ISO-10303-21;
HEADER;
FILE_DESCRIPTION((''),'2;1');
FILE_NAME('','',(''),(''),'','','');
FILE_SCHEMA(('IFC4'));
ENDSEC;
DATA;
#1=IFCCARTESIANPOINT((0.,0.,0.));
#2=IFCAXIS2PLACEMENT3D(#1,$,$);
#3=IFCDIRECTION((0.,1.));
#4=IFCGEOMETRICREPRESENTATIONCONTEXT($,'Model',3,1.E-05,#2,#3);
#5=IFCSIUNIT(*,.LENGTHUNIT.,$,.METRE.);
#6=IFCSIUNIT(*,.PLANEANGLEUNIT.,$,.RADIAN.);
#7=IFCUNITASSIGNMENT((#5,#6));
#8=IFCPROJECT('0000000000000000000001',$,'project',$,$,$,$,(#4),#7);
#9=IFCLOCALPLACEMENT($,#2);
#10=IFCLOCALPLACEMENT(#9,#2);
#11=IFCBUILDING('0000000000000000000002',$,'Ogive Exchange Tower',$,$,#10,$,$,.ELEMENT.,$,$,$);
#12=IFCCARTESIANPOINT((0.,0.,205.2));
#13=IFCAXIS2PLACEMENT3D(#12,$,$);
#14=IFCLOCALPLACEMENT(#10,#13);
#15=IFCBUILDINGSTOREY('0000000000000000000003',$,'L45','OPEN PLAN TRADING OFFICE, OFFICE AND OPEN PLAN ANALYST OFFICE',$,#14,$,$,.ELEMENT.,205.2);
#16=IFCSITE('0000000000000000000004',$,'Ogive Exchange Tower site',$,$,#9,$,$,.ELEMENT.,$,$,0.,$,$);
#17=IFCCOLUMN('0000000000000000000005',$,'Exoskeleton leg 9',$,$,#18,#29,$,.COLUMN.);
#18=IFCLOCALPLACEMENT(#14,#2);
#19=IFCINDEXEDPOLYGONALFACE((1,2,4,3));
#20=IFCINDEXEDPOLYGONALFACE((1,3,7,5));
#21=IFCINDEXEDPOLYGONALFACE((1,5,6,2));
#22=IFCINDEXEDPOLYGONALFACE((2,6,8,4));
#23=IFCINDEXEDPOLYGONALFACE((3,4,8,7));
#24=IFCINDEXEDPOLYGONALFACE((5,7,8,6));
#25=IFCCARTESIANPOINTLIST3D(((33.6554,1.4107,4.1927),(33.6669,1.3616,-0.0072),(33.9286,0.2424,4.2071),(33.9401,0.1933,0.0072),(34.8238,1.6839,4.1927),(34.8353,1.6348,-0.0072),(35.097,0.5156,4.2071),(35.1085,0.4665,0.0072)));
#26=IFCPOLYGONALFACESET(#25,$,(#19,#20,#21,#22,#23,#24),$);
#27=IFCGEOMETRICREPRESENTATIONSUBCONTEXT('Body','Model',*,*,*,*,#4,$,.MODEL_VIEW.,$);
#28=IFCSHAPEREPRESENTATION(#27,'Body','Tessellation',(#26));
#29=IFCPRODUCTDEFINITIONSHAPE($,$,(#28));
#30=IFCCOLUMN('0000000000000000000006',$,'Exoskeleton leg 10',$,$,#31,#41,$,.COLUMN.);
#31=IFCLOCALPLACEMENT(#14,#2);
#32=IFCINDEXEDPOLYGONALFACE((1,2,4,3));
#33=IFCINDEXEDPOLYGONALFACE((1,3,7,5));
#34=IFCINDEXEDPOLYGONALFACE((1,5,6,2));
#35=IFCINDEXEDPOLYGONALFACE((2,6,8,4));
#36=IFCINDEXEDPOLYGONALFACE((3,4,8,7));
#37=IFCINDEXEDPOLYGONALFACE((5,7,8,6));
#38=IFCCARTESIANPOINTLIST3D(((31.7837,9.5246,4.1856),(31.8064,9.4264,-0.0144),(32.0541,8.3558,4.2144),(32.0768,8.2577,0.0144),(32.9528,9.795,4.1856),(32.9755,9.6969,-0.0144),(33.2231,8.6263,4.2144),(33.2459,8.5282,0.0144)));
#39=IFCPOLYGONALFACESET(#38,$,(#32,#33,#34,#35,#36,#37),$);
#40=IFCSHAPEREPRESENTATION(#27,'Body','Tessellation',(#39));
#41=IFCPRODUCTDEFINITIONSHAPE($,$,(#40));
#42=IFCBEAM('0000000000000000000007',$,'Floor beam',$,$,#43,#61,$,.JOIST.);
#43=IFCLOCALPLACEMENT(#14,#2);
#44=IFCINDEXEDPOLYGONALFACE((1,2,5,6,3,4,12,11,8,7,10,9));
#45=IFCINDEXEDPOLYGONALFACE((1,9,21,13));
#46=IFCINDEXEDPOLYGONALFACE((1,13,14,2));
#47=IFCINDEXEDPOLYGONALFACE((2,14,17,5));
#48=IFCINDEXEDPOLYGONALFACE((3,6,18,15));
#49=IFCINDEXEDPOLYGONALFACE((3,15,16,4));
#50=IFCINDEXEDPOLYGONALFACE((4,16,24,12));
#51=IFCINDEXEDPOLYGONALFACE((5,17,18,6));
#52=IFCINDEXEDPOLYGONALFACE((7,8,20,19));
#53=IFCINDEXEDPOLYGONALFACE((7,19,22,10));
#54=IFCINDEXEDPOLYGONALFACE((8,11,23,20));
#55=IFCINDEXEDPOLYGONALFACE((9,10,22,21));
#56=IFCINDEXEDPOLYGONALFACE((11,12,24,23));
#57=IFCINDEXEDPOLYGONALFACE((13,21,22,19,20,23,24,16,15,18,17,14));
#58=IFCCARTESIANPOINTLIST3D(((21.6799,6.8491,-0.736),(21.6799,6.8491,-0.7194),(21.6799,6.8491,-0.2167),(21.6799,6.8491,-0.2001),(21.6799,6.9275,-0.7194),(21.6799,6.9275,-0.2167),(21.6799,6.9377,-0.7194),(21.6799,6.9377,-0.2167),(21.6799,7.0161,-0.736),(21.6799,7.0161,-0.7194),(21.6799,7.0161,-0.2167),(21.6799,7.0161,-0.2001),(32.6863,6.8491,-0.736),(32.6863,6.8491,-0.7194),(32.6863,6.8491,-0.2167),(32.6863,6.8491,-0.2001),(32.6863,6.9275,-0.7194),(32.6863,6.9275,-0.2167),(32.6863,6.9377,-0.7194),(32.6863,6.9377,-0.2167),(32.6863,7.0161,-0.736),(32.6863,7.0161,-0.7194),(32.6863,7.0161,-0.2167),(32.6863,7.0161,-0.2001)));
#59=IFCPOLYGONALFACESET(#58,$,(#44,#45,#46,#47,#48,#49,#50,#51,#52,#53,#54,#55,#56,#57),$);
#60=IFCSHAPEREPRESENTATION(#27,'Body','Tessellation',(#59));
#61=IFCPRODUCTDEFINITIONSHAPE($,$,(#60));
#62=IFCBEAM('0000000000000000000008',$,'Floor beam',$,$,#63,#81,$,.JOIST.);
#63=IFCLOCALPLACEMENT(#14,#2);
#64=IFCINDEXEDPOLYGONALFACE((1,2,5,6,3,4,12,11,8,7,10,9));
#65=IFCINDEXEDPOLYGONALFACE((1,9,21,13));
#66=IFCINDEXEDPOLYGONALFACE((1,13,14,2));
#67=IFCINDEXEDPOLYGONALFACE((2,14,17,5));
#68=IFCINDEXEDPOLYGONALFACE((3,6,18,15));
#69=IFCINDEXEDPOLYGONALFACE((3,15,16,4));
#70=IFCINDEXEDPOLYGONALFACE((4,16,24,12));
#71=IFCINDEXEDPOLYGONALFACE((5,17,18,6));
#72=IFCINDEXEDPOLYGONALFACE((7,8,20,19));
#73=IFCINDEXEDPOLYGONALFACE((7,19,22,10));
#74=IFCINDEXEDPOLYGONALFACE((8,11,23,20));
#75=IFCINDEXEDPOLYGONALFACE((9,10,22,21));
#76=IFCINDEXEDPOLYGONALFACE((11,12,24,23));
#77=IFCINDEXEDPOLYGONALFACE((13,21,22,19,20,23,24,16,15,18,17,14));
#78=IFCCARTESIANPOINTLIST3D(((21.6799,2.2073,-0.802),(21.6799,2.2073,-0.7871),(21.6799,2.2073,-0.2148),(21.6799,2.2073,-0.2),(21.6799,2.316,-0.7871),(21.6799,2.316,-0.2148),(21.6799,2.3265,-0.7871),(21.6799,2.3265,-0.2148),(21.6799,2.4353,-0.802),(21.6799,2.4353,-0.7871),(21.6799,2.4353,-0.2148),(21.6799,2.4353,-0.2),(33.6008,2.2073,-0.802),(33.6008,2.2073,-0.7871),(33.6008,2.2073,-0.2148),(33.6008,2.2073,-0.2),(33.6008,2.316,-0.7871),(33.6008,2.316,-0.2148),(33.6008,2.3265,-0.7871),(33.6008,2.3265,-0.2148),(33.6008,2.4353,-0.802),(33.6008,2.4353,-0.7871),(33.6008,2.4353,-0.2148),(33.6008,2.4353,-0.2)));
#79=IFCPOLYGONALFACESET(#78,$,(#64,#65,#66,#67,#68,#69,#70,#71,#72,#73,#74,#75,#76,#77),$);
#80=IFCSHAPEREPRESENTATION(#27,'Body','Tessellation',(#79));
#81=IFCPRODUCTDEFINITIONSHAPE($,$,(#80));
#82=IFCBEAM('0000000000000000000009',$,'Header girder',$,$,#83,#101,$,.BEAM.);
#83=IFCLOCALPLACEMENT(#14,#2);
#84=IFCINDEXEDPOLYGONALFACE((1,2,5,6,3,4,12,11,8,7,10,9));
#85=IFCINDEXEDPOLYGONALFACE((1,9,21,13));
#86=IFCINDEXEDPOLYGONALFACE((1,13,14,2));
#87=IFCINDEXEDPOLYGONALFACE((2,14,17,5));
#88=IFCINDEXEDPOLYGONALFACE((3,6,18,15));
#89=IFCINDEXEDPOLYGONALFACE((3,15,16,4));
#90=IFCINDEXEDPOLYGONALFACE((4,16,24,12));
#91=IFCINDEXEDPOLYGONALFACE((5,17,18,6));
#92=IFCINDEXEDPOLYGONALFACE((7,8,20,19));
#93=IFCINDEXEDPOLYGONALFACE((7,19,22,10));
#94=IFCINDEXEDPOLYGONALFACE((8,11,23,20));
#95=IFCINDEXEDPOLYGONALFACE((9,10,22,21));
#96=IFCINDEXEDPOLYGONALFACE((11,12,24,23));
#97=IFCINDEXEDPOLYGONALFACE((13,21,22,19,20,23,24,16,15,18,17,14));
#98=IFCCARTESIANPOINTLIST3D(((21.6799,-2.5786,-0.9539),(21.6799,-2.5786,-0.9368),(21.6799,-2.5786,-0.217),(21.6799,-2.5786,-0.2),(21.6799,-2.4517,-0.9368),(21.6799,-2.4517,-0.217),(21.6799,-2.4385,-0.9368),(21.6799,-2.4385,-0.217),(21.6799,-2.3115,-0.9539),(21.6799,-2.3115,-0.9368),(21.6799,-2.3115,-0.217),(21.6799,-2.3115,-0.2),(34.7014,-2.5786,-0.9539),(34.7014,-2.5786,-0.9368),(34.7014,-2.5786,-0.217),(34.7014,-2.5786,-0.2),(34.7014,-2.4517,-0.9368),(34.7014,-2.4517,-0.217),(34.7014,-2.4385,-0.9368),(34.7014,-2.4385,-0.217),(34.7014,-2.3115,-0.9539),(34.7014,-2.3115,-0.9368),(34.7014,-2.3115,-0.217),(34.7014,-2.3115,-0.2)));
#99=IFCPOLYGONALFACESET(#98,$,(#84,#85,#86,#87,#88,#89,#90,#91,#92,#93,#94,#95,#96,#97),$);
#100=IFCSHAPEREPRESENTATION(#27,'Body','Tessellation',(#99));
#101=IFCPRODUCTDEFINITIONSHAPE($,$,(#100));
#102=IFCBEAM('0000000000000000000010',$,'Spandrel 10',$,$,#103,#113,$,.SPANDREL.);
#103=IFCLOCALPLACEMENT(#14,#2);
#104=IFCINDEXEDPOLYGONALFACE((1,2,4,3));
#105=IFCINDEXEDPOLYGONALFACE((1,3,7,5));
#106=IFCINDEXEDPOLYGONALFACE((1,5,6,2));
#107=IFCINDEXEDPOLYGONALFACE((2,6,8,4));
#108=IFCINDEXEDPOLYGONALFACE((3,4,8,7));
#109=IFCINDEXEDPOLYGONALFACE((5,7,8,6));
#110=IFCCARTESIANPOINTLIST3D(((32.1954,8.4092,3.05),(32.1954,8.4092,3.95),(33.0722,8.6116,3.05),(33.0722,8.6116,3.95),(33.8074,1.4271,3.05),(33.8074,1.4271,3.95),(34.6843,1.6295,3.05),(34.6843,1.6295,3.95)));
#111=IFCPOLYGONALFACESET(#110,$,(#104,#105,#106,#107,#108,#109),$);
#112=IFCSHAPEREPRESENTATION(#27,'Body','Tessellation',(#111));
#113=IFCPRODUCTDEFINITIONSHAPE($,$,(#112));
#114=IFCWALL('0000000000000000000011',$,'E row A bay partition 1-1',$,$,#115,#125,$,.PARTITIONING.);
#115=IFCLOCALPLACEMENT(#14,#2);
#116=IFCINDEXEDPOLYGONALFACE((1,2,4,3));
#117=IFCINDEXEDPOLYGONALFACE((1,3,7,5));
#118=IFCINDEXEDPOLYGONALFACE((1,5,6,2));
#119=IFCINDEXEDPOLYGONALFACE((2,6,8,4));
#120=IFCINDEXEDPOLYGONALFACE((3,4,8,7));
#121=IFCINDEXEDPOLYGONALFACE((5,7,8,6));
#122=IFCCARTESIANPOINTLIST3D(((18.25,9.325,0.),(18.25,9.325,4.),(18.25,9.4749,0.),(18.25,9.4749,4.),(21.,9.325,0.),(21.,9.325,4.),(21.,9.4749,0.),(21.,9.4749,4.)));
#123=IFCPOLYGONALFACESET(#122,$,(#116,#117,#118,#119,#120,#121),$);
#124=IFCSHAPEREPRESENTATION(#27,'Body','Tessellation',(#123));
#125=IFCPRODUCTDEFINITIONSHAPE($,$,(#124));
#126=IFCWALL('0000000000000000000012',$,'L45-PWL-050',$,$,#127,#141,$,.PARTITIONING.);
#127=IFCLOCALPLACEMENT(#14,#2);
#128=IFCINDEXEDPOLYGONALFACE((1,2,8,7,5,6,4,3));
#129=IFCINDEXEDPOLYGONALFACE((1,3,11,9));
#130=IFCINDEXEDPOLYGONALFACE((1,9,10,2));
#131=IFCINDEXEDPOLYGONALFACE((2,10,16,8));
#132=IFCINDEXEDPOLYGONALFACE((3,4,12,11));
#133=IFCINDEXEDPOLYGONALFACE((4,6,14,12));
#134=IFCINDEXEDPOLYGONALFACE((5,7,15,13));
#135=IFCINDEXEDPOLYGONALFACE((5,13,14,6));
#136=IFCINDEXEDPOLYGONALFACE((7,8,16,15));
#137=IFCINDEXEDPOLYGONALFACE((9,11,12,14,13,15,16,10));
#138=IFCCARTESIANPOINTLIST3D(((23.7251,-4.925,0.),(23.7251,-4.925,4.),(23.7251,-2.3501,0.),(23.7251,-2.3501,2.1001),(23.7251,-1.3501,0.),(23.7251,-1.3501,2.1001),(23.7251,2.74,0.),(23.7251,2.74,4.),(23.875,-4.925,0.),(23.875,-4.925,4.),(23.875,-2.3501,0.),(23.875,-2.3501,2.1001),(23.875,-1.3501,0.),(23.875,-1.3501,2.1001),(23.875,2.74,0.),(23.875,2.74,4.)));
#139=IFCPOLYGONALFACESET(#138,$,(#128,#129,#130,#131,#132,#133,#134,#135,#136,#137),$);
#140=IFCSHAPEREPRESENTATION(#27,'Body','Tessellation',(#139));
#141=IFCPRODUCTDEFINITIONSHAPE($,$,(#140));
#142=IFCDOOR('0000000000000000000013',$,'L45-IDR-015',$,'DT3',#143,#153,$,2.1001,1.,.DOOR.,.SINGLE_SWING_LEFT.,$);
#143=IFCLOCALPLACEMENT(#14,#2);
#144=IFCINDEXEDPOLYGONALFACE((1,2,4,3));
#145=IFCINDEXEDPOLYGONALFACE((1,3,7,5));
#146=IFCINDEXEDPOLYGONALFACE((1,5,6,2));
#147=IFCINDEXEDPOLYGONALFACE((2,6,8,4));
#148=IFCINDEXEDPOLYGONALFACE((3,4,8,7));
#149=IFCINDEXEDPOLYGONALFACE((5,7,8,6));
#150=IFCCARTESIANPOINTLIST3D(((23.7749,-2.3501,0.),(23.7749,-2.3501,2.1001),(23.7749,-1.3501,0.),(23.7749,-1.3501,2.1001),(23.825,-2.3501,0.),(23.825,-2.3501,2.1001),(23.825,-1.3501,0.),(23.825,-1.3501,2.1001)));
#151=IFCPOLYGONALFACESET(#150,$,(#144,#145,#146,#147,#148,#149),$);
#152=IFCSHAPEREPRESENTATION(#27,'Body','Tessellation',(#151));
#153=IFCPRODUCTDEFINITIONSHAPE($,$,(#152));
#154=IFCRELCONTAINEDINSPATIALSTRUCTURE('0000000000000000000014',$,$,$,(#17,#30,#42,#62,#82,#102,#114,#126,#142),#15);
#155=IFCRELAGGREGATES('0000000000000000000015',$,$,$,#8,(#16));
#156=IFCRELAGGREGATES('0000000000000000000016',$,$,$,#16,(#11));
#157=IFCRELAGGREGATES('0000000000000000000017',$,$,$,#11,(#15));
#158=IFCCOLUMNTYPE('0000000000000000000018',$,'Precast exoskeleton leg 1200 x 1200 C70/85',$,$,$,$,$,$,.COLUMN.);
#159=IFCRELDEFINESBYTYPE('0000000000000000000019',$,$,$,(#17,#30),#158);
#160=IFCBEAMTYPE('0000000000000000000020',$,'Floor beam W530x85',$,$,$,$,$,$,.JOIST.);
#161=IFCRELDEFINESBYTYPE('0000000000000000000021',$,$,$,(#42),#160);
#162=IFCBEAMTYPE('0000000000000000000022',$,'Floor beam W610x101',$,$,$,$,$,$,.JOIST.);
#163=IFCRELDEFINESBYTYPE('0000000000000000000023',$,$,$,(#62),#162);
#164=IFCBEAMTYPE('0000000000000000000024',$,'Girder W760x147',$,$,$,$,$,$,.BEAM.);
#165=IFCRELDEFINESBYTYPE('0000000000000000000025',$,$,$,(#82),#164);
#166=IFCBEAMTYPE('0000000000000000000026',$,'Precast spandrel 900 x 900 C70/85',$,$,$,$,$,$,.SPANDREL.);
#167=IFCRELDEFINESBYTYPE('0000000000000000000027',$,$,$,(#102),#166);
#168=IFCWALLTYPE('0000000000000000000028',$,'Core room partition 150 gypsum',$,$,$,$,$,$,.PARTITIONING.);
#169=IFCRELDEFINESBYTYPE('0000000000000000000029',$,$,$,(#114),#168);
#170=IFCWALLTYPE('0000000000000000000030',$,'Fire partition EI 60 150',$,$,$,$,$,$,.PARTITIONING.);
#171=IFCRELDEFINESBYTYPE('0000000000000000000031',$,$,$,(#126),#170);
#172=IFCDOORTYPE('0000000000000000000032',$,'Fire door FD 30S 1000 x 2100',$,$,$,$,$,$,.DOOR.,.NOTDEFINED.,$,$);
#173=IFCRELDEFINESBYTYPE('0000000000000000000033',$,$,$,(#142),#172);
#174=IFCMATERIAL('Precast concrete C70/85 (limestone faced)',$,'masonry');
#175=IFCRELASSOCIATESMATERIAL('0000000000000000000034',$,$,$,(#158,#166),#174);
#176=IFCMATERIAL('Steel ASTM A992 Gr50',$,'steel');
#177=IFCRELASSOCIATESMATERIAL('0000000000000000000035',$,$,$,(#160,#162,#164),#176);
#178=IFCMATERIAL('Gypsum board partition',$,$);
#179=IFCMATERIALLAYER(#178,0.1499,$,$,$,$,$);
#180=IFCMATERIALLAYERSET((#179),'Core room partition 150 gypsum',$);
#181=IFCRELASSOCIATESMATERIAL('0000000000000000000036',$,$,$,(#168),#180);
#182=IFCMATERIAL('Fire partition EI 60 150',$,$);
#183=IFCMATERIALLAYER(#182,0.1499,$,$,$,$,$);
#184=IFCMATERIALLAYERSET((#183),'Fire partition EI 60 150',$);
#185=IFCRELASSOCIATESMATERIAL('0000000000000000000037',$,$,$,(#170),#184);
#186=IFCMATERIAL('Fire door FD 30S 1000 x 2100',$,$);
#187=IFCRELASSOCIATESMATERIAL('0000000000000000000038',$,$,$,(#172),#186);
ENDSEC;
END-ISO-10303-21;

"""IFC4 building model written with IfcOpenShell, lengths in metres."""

from ifc_helpers import new_model, si_unit, direction, frame, frame_2d, origin, origin_2d, place, context, subcontext, project, spatial, rectangle, i_section, extrude, material, layer, layer_set, material_profile, profile_set, type_object, element, fill, save


model = new_model("IFC4")

# Units and contexts
model_context = context("Model", 3, precision=1e-05, world=origin(), true_north=direction((0.0, 1.0)))
body_context = subcontext(model_context, "Body", "Model", "MODEL_VIEW")
ifc_project = project(units=[si_unit("LENGTHUNIT", "METRE"), si_unit("PLANEANGLEUNIT", "RADIAN")], contexts=[model_context])

# Site, building, storey
site_placement = place(None, origin())
site = spatial("IfcSite", under=ifc_project, at=site_placement, Name="Ogive Exchange Tower site", CompositionType="ELEMENT", RefElevation=0.0)
building_placement = place(site_placement, origin())
building = spatial("IfcBuilding", under=site, at=building_placement, Name="Ogive Exchange Tower", CompositionType="ELEMENT")
storey_placement = place(building_placement, frame((0.0, 0.0, 205.2)))
storey = spatial("IfcBuildingStorey", under=building, at=storey_placement, Name="L45", Description="OPEN PLAN TRADING OFFICE, OFFICE AND OPEN PLAN ANALYST OFFICE", CompositionType="ELEMENT", Elevation=205.2)

# Columns
ifc_material_1 = material(Name="Precast concrete C70/85 (limestone faced)", Category="masonry")
ifc_material_profile_1 = material_profile(ifc_material_1, rectangle(XDim=1.2, YDim=1.2, at=origin_2d()), Name="1200 x 1200")
ifc_profile_set_1 = profile_set([ifc_material_profile_1], Name="Precast concrete C70/85 (limestone faced)")
column_type = type_object("IfcColumnType", Name="Precast exoskeleton leg 1200 x 1200 C70/85", PredefinedType="COLUMN", material=ifc_profile_set_1)
column_1_placement = place(storey_placement, frame((34.3877, 0.9141, 0.0), z_axis=(-0.002732, 0.011683, 0.999928), x_axis=(-0.973734, -0.227689, 0.0)))
element("IfcColumn", 1, at=column_1_placement, inside=storey, type_object=column_type, Name="Exoskeleton leg 9", PredefinedType="COLUMN", context=body_context, shape_type="SweptSolid", body=[
    extrude(rectangle(XDim=1.2, YDim=1.2, at=origin_2d()), origin(), (0.0, 0.0, 1.0), 4.2002),
])
column_2_placement = place(storey_placement, frame((32.5261, 8.9773, 0.0), z_axis=(-0.005404, 0.023361, 0.999712), x_axis=(-0.974269, -0.22539, 0.0)))
element("IfcColumn", 2, at=column_2_placement, inside=storey, type_object=column_type, Name="Exoskeleton leg 10", PredefinedType="COLUMN", context=body_context, shape_type="SweptSolid", body=[
    extrude(rectangle(XDim=1.2, YDim=1.2, at=origin_2d()), origin(), (0.0, 0.0, 1.0), 4.2012),
])

# Beams
ifc_material_2 = material(Name="Steel ASTM A992 Gr50", Category="steel")
ifc_material_profile_2 = material_profile(ifc_material_2, i_section(OverallWidth=0.167, OverallDepth=0.5359, WebThickness=0.0103, FlangeThickness=0.0166, at=origin_2d()), Name="W530x85")
ifc_profile_set_2 = profile_set([ifc_material_profile_2], Name="Steel ASTM A992 Gr50")
beam_type_1 = type_object("IfcBeamType", Name="Floor beam W530x85", PredefinedType="JOIST", material=ifc_profile_set_2)
beam_1_placement = place(storey_placement, frame((21.6799, 6.9326, -0.468), z_axis=(1.0, 0.0, 0.0), x_axis=(0.0, 1.0, 0.0)))
element("IfcBeam", 3, at=beam_1_placement, inside=storey, type_object=beam_type_1, Name="Floor beam", PredefinedType="JOIST", context=body_context, shape_type="SweptSolid", body=[
    extrude(i_section(OverallWidth=0.167, OverallDepth=0.5359, WebThickness=0.0103, FlangeThickness=0.0166, at=origin_2d()), origin(), (0.0, 0.0, 1.0), 11.0063),
])
ifc_material_profile_3 = material_profile(ifc_material_2, i_section(OverallWidth=0.228, OverallDepth=0.6021, WebThickness=0.0105, FlangeThickness=0.0149, at=origin_2d()), Name="W610x101")
ifc_profile_set_3 = profile_set([ifc_material_profile_3], Name="Steel ASTM A992 Gr50")
beam_type_2 = type_object("IfcBeamType", Name="Floor beam W610x101", PredefinedType="JOIST", material=ifc_profile_set_3)
beam_2_placement = place(storey_placement, frame((21.6799, 2.3213, -0.501), z_axis=(1.0, 0.0, 0.0), x_axis=(0.0, 1.0, 0.0)))
element("IfcBeam", 4, at=beam_2_placement, inside=storey, type_object=beam_type_2, Name="Floor beam", PredefinedType="JOIST", context=body_context, shape_type="SweptSolid", body=[
    extrude(i_section(OverallWidth=0.228, OverallDepth=0.6021, WebThickness=0.0105, FlangeThickness=0.0149, at=origin_2d()), origin(), (0.0, 0.0, 1.0), 11.9209),
])
ifc_material_profile_4 = material_profile(ifc_material_2, i_section(OverallWidth=0.2671, OverallDepth=0.7539, WebThickness=0.0132, FlangeThickness=0.0171, at=origin_2d()), Name="W760x147")
ifc_profile_set_4 = profile_set([ifc_material_profile_4], Name="Steel ASTM A992 Gr50")
beam_type_3 = type_object("IfcBeamType", Name="Girder W760x147", PredefinedType="BEAM", material=ifc_profile_set_4)
beam_3_placement = place(storey_placement, frame((21.6799, -2.4451, -0.5769), z_axis=(1.0, 0.0, 0.0), x_axis=(0.0, 1.0, 0.0)))
element("IfcBeam", 5, at=beam_3_placement, inside=storey, type_object=beam_type_3, Name="Header girder", PredefinedType="BEAM", context=body_context, shape_type="SweptSolid", body=[
    extrude(i_section(OverallWidth=0.2671, OverallDepth=0.7539, WebThickness=0.0132, FlangeThickness=0.0171, at=origin_2d()), origin(), (0.0, 0.0, 1.0), 13.0215),
])
ifc_material_profile_5 = material_profile(ifc_material_1, rectangle(XDim=0.8999, YDim=0.8999, at=origin_2d()), Name="900 x 900")
ifc_profile_set_5 = profile_set([ifc_material_profile_5], Name="Precast concrete C70/85 (limestone faced)")
beam_type_4 = type_object("IfcBeamType", Name="Precast spandrel 900 x 900 C70/85", PredefinedType="SPANDREL", material=ifc_profile_set_5)
beam_4_placement = place(storey_placement, frame((34.2458, 1.5283, 3.5), z_axis=(-0.224964, 0.974367, 0.0), x_axis=(-0.974367, -0.224964, 0.0)))
element("IfcBeam", 6, at=beam_4_placement, inside=storey, type_object=beam_type_4, Name="Spandrel 10", PredefinedType="SPANDREL", context=body_context, shape_type="SweptSolid", body=[
    extrude(rectangle(XDim=0.8999, YDim=0.8999, at=origin_2d()), origin(), (0.0, 0.0, 1.0), 7.1658),
])

# Wall
ifc_material_3 = material(Name="Gypsum board partition")
ifc_layer_1 = layer(ifc_material_3, 0.1499)
ifc_layer_set_1 = layer_set([ifc_layer_1], Name="Core room partition 150 gypsum")
wall_type_1 = type_object("IfcWallType", Name="Core room partition 150 gypsum", PredefinedType="PARTITIONING", material=ifc_layer_set_1)
wall_1_placement = place(storey_placement, frame((18.25, 9.3999, 0.0), z_axis=(0.0, 0.0, 1.0), x_axis=(1.0, 0.0, 0.0)))
element("IfcWall", 7, at=wall_1_placement, inside=storey, type_object=wall_type_1, Name="E row A bay partition 1-1", PredefinedType="PARTITIONING", context=body_context, shape_type="SweptSolid", body=[
    extrude(rectangle(XDim=2.75, YDim=0.1499, at=frame_2d((1.375, 0.0))), origin(), (0.0, 0.0, 1.0), 4.0),
])

# Wall, opening, door
ifc_material_4 = material(Name="Fire partition EI 60 150")
ifc_layer_2 = layer(ifc_material_4, 0.1499)
ifc_layer_set_2 = layer_set([ifc_layer_2], Name="Fire partition EI 60 150")
wall_type_2 = type_object("IfcWallType", Name="Fire partition EI 60 150", PredefinedType="PARTITIONING", material=ifc_layer_set_2)
wall_2_placement = place(storey_placement, frame((23.8, 2.74, 0.0), z_axis=(0.0, 0.0, 1.0), x_axis=(0.0, -1.0, 0.0)))
wall_2 = element("IfcWall", 8, at=wall_2_placement, inside=storey, type_object=wall_type_2, Name="L45-PWL-050", PredefinedType="PARTITIONING", context=body_context, shape_type="SweptSolid", body=[
    extrude(rectangle(XDim=7.665, YDim=0.1499, at=frame_2d((3.8325, 0.0))), origin(), (0.0, 0.0, 1.0), 4.0),
])
opening_1_placement = place(wall_2_placement, frame((4.0901, 0.0, 0.0)))
opening_1 = element("IfcOpeningElement", 9, at=opening_1_placement, cuts=wall_2, PredefinedType="OPENING", context=body_context, shape_type="SweptSolid", body=[
    extrude(rectangle(XDim=1.0, YDim=2.1001, at=frame_2d((0.5, 1.05))), frame((0.0, 0.085, 0.0), z_axis=(0.0, -1.0, 0.0), x_axis=(1.0, 0.0, 0.0)), (0.0, 0.0, 1.0), 0.1699),
])
ifc_material_5 = material(Name="Fire door FD 30S 1000 x 2100")
door_type_1 = type_object("IfcDoorType", Name="Fire door FD 30S 1000 x 2100", OperationType="NOTDEFINED", PredefinedType="DOOR", material=ifc_material_5)
door_1_placement = place(opening_1_placement, origin())
door_1 = element("IfcDoor", 10, at=door_1_placement, inside=storey, type_object=door_type_1, Name="L45-IDR-015", ObjectType="DT3", OperationType="SINGLE_SWING_LEFT", OverallHeight=2.1001, OverallWidth=1.0, PredefinedType="DOOR", context=body_context, shape_type="SweptSolid", body=[
    extrude(rectangle(XDim=1.0, YDim=2.1001, at=frame_2d((0.5, 1.05))), frame((0.0, 0.0249, 0.0), z_axis=(0.0, -1.0, 0.0), x_axis=(1.0, 0.0, 0.0)), (0.0, 0.0, 1.0), 0.05),
])
fill(opening_1, door_1)

save(model, "model.ifc")
